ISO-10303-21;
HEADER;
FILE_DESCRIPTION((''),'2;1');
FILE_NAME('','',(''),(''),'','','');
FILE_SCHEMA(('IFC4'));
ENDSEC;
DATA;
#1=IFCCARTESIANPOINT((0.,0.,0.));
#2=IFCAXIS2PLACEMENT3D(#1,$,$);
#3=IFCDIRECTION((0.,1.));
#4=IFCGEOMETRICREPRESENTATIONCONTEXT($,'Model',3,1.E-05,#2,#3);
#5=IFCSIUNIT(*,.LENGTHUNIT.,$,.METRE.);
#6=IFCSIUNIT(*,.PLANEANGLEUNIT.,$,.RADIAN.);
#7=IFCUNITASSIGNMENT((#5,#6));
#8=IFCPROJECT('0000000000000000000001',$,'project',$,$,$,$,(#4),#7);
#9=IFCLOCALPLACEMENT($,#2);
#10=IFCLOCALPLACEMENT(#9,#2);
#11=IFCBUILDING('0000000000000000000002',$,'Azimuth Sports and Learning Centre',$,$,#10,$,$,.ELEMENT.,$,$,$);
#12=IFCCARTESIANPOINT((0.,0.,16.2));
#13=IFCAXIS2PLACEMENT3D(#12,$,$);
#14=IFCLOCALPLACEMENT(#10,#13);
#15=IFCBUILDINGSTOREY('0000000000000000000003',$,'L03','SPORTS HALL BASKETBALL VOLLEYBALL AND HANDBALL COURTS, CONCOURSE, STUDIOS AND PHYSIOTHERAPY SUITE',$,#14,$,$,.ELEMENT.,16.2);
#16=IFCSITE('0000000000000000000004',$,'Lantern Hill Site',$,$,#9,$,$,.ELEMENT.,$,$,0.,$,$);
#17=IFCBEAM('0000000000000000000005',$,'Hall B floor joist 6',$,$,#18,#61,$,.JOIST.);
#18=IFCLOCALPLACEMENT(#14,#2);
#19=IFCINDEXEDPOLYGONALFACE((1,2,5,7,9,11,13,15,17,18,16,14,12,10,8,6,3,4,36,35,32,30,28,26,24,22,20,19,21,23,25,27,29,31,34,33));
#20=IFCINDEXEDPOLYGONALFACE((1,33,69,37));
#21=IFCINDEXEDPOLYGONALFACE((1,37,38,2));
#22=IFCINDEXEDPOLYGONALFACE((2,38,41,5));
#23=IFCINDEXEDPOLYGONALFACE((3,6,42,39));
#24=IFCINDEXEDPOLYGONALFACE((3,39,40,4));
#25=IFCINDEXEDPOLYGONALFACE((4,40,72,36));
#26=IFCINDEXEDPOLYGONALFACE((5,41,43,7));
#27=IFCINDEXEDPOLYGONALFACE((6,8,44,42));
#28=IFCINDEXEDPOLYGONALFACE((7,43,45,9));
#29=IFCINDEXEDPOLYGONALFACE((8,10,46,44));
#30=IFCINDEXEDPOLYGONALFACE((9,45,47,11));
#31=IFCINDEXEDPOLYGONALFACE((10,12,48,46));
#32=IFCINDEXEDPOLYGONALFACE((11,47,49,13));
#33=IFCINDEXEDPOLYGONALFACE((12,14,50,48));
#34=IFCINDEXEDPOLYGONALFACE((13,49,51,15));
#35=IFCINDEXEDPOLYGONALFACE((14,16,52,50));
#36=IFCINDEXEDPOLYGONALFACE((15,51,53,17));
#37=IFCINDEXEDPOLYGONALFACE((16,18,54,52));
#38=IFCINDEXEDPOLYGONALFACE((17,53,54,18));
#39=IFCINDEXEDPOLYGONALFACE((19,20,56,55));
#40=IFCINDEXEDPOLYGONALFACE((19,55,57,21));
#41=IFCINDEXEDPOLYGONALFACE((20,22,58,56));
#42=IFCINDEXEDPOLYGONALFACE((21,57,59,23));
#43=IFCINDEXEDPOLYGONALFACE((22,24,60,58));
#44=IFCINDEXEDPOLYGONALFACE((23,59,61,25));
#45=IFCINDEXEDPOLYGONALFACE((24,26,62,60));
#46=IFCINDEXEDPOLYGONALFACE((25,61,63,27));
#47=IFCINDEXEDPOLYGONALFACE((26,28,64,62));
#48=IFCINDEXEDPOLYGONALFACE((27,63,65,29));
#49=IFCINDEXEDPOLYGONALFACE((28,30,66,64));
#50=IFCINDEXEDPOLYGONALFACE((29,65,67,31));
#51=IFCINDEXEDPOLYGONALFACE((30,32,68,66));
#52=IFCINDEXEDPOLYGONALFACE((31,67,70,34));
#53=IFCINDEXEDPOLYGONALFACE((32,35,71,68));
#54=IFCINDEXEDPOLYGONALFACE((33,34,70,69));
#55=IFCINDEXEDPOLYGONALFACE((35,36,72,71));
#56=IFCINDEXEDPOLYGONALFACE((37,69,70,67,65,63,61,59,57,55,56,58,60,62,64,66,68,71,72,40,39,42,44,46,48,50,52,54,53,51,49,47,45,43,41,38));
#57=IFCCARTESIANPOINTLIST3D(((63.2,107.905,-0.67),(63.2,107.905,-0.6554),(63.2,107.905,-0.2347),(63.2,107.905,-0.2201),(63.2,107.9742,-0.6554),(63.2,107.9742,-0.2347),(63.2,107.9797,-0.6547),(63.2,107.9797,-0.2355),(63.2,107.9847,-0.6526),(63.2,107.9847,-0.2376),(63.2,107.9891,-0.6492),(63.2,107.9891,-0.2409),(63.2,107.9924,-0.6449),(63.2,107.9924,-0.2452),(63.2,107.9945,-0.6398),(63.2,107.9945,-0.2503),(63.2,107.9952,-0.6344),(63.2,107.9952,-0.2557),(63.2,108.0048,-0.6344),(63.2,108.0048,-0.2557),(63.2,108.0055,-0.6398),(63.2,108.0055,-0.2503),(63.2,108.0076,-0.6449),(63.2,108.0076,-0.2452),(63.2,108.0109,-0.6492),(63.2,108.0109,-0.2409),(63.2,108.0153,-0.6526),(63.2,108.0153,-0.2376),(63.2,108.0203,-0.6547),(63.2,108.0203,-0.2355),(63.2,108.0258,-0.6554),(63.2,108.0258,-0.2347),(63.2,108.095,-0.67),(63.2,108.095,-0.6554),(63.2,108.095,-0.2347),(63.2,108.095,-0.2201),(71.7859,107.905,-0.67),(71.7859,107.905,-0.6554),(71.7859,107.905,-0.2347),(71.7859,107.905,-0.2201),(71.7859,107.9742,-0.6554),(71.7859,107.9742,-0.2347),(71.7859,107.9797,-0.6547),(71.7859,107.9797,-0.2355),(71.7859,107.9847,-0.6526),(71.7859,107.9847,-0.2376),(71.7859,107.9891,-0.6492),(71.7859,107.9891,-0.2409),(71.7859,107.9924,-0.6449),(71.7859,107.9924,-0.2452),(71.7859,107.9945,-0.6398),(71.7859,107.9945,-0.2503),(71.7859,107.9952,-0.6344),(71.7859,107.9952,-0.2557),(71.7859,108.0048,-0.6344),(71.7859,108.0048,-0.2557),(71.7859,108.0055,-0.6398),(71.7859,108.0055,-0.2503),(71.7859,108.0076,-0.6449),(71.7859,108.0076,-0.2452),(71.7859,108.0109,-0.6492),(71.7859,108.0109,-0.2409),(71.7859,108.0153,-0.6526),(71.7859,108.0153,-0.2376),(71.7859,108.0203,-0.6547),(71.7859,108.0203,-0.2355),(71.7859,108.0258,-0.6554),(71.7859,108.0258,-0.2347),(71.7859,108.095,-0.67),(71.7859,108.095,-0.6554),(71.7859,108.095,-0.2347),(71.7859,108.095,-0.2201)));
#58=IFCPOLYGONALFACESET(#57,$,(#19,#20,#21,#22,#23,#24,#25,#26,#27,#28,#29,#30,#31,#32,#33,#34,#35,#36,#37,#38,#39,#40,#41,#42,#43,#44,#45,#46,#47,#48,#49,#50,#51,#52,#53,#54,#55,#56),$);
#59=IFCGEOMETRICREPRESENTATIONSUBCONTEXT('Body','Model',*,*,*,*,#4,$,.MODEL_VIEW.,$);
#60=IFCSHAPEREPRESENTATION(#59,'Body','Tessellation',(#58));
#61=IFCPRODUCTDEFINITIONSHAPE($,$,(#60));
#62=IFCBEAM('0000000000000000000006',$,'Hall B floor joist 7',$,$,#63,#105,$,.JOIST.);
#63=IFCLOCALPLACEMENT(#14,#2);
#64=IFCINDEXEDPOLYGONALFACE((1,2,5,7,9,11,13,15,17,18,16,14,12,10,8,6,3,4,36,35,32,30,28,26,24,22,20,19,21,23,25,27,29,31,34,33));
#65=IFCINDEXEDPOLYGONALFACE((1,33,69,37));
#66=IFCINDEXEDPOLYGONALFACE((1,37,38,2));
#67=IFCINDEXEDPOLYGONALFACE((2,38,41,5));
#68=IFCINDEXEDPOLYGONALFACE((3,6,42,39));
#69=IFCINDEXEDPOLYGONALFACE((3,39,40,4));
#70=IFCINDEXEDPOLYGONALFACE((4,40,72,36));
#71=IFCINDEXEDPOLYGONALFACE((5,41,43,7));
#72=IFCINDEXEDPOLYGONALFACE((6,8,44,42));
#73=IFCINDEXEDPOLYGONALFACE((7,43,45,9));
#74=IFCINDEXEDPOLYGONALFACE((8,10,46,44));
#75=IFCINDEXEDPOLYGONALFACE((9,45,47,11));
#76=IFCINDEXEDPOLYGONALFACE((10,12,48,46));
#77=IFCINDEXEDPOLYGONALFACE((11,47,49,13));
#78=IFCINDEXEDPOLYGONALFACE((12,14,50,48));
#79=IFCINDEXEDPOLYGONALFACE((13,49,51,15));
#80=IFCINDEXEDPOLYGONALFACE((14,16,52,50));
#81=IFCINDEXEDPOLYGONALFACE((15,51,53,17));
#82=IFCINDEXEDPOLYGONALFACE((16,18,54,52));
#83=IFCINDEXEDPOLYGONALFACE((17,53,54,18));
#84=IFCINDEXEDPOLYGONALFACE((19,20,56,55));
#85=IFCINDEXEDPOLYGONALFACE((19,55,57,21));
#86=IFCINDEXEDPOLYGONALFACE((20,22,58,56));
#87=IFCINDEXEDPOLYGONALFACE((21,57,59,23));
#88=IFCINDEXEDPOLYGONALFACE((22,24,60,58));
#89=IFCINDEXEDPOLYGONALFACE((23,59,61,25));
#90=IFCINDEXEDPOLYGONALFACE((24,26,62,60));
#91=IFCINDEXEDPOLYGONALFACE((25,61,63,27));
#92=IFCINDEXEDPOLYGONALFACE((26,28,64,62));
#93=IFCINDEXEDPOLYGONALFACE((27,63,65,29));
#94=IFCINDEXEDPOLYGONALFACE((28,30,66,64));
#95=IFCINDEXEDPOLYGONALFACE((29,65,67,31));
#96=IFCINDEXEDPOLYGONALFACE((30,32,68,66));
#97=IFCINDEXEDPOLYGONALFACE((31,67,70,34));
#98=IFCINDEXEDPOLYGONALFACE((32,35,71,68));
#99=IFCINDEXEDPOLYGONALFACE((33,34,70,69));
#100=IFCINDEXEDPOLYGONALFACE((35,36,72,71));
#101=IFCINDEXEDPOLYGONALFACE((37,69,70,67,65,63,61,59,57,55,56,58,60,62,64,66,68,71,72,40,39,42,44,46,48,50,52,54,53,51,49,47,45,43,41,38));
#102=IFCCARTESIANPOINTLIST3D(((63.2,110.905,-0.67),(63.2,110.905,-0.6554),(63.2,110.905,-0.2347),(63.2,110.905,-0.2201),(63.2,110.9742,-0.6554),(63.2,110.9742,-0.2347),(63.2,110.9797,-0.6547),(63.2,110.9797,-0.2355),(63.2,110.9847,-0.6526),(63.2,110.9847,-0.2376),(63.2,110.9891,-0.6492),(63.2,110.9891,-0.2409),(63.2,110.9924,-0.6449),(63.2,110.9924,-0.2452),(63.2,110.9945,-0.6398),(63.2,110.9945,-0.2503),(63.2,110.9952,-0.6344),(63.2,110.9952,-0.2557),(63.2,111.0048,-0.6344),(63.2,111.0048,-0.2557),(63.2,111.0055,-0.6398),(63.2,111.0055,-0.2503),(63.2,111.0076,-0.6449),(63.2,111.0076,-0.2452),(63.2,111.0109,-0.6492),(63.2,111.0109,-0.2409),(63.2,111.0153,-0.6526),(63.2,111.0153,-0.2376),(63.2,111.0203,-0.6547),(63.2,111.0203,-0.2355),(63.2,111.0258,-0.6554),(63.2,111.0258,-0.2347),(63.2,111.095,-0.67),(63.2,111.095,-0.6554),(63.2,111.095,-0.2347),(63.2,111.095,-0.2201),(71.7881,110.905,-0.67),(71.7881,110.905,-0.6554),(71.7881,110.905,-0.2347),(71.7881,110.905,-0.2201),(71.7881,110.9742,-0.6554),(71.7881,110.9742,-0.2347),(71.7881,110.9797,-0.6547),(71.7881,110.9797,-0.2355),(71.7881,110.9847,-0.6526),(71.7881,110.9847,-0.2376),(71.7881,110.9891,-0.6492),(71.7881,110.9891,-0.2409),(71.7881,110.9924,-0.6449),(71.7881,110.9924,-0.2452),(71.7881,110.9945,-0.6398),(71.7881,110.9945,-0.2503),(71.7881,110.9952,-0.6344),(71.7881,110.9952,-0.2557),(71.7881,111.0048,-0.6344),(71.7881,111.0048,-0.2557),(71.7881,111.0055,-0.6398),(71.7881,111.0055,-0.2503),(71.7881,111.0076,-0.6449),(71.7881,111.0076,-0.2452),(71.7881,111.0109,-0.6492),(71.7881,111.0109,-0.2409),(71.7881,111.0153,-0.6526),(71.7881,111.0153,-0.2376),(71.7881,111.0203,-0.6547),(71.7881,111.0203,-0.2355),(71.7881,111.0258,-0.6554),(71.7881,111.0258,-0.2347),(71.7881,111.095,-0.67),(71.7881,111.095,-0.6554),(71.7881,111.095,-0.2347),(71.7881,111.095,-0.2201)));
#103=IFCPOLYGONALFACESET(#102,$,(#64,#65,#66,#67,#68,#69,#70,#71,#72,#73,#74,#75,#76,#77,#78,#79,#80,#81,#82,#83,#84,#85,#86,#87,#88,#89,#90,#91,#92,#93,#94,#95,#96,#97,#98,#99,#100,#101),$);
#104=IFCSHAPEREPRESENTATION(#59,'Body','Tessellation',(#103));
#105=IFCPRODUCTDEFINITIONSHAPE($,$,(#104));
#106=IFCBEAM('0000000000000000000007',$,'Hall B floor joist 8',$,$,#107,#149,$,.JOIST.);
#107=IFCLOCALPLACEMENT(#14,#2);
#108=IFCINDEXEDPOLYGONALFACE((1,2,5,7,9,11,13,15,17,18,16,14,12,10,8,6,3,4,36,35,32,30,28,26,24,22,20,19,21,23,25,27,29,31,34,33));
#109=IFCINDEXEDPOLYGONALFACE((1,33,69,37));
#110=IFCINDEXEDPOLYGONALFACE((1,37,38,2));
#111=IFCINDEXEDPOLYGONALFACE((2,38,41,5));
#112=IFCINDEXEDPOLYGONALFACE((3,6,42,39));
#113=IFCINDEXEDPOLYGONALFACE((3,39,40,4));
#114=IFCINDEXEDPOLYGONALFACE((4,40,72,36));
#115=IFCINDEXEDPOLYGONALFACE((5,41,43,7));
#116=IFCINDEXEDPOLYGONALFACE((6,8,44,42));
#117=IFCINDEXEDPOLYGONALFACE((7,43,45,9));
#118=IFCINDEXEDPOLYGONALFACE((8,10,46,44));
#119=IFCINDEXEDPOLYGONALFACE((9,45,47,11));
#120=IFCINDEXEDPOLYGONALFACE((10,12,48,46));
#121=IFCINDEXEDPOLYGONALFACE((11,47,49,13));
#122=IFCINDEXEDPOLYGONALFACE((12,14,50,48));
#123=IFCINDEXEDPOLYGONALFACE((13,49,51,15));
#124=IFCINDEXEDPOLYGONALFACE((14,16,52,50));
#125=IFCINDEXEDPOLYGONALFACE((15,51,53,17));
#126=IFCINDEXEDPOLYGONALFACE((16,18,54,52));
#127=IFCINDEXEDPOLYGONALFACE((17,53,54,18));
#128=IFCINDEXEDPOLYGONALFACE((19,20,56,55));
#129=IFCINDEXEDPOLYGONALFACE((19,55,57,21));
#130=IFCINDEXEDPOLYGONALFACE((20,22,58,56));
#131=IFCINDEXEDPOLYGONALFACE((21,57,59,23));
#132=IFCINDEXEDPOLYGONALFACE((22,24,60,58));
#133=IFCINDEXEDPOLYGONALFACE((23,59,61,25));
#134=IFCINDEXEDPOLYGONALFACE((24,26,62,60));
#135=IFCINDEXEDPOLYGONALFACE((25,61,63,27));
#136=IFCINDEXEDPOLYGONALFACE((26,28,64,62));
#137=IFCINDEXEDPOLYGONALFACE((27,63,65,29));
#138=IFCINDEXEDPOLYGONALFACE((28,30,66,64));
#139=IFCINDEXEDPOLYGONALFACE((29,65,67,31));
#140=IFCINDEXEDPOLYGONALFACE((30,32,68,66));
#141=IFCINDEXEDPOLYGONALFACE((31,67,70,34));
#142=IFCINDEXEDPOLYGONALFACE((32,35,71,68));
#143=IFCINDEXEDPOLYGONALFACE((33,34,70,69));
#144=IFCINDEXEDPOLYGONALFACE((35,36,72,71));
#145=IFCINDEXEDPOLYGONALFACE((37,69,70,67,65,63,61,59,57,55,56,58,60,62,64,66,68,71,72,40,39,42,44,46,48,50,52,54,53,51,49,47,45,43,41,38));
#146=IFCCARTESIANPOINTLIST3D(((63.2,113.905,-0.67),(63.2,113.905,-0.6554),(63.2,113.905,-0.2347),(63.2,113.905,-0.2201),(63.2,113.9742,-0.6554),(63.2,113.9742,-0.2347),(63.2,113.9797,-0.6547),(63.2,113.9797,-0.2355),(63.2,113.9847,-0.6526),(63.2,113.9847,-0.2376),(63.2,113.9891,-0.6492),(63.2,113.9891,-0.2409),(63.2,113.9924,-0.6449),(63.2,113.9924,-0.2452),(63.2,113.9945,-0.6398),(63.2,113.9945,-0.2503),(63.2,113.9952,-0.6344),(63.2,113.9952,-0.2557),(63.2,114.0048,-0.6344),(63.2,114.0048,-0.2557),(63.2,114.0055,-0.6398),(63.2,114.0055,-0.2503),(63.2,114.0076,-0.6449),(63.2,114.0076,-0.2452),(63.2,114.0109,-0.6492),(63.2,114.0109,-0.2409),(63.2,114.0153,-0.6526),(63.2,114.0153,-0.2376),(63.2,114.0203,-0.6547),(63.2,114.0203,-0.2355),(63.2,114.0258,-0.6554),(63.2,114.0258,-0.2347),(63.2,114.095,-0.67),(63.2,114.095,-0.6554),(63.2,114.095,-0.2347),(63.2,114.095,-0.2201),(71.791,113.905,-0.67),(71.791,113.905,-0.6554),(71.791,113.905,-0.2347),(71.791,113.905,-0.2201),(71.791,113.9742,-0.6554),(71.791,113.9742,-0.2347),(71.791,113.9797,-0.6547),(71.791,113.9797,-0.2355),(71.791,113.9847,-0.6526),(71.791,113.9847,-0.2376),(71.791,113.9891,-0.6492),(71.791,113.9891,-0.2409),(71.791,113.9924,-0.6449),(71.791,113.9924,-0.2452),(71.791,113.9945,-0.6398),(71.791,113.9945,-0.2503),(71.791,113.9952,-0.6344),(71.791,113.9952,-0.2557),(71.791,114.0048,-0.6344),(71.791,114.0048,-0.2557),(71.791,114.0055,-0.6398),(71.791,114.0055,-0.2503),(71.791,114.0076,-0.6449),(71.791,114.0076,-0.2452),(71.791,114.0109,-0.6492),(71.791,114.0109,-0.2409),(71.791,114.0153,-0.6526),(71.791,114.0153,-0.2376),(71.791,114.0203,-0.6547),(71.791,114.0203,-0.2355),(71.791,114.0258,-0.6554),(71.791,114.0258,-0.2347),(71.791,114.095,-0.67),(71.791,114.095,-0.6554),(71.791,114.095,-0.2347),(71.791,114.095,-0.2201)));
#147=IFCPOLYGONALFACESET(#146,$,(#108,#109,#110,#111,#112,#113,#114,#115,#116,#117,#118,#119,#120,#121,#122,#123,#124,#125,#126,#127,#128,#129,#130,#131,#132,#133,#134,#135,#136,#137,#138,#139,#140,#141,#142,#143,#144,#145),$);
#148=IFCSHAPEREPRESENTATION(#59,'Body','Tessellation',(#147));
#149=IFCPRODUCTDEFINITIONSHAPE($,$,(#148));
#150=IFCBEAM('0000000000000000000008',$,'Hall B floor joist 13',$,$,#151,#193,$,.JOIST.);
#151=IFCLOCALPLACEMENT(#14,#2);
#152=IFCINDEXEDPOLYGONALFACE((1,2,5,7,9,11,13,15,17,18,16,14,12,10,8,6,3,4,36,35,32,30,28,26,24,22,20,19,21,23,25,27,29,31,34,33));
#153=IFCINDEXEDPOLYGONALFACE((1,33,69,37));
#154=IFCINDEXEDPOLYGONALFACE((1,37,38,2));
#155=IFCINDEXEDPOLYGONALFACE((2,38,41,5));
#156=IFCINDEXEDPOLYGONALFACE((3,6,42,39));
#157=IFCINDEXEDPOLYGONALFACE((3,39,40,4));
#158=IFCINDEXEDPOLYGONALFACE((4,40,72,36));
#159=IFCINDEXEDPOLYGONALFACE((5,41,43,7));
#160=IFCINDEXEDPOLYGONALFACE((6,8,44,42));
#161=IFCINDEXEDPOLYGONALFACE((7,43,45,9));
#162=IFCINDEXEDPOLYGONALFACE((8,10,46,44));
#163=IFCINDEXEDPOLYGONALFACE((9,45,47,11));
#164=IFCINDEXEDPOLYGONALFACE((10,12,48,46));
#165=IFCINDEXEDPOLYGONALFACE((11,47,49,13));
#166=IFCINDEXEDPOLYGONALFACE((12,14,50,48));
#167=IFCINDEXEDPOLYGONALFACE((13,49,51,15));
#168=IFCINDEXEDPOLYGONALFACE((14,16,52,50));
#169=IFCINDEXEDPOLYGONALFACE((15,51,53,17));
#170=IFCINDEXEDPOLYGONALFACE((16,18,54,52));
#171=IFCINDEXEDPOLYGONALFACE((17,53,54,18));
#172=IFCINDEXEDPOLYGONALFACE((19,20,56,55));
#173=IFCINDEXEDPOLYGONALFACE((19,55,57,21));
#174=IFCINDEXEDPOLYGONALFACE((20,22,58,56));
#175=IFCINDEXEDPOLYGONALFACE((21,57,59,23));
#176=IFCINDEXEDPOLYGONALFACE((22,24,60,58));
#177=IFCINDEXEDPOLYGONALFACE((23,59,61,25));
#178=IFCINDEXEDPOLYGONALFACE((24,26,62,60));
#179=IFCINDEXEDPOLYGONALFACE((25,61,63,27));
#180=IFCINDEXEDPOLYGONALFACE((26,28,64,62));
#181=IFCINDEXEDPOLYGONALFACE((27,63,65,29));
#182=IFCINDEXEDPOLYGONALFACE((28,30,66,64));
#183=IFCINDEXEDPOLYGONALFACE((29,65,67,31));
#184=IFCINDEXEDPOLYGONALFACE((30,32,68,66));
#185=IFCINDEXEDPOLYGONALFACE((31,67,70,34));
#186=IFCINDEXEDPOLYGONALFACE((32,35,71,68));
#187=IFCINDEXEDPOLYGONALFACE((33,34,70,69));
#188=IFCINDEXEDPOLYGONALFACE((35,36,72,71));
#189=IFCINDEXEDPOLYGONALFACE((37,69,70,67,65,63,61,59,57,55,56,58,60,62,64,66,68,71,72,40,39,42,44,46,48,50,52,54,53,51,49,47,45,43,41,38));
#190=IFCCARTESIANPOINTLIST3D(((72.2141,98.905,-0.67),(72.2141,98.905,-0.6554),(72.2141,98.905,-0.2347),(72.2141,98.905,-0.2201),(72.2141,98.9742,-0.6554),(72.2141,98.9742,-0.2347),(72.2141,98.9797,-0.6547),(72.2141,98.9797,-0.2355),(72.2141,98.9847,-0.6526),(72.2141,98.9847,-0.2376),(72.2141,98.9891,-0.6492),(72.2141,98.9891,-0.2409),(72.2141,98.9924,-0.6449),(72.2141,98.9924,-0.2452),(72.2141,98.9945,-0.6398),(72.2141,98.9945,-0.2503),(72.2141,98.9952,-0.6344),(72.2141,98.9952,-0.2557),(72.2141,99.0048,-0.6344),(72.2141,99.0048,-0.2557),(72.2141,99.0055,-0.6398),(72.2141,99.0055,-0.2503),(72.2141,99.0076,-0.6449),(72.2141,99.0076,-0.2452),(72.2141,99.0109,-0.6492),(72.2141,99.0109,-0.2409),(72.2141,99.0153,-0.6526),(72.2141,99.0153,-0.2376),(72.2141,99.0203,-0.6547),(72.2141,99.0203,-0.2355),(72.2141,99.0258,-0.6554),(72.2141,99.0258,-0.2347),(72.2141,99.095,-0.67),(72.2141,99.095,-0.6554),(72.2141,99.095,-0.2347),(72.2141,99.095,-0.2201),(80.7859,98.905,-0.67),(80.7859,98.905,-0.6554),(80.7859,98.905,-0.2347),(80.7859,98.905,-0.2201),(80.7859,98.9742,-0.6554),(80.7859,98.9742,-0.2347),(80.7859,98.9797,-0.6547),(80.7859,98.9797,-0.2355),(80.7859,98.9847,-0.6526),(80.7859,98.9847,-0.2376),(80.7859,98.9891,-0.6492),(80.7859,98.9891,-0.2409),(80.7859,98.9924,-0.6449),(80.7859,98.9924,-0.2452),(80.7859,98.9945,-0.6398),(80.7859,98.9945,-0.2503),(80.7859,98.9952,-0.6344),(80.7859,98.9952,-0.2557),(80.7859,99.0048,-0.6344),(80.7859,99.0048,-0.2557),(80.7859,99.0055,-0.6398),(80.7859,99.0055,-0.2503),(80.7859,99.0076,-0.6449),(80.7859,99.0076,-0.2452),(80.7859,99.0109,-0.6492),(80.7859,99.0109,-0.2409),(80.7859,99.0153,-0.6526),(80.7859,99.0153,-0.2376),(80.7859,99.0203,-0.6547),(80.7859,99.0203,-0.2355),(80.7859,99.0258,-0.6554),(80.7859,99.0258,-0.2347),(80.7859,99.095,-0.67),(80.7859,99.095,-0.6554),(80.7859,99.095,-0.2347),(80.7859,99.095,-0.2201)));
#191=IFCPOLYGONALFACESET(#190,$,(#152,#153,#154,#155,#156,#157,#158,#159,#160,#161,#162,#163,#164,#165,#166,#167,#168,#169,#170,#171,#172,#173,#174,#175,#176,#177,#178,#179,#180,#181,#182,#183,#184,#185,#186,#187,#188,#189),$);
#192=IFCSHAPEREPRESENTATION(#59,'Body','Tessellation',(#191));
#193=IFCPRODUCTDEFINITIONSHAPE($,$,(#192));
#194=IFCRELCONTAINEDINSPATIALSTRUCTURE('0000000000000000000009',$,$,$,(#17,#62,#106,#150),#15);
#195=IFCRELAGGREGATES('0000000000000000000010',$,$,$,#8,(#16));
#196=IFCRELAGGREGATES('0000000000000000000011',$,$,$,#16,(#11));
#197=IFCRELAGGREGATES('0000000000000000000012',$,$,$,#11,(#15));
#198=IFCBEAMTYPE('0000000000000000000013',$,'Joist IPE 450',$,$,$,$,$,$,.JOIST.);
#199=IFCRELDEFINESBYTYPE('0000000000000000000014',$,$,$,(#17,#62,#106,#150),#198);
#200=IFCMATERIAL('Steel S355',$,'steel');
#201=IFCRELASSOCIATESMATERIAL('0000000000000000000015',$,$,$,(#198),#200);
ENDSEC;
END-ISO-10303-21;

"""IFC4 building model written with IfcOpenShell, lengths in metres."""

from ifc_helpers import new_model, si_unit, direction, frame, origin, origin_2d, place, context, subcontext, project, spatial, i_section, extrude, material, material_profile, profile_set, type_object, element, save


model = new_model("IFC4")

# Units and contexts
model_context = context("Model", 3, precision=1e-05, world=origin(), true_north=direction((0.0, 1.0)))
body_context = subcontext(model_context, "Body", "Model", "MODEL_VIEW")
ifc_project = project(units=[si_unit("LENGTHUNIT", "METRE"), si_unit("PLANEANGLEUNIT", "RADIAN")], contexts=[model_context])

# Site, building, storey
site_placement = place(None, origin())
site = spatial("IfcSite", under=ifc_project, at=site_placement, Name="Lantern Hill Site", CompositionType="ELEMENT", RefElevation=0.0)
building_placement = place(site_placement, origin())
building = spatial("IfcBuilding", under=site, at=building_placement, Name="Azimuth Sports and Learning Centre", CompositionType="ELEMENT")
storey_placement = place(building_placement, frame((0.0, 0.0, 16.2)))
storey = spatial("IfcBuildingStorey", under=building, at=storey_placement, Name="L03", Description="SPORTS HALL BASKETBALL VOLLEYBALL AND HANDBALL COURTS, CONCOURSE, STUDIOS AND PHYSIOTHERAPY SUITE", CompositionType="ELEMENT", Elevation=16.2)

# Beams
ifc_material_1 = material(Name="Steel S355", Category="steel")
ifc_material_profile_1 = material_profile(ifc_material_1, i_section(OverallWidth=0.1899, OverallDepth=0.45, WebThickness=0.0095, FlangeThickness=0.0146, FilletRadius=0.021, at=origin_2d()), Name="IPE 450")
ifc_profile_set_1 = profile_set([ifc_material_profile_1], Name="Steel S355")
beam_type_1 = type_object("IfcBeamType", Name="Joist IPE 450", PredefinedType="JOIST", material=ifc_profile_set_1)
for number, where, z_axis, x_axis, name in (
    (1, (63.2, 108.0, -0.4451), (1.0, 0.0, 0.0), (0.0, 1.0, 0.0), "Hall B floor joist 6"),
):
    element("IfcBeam", number, at=place(storey_placement, frame(where, z_axis=z_axis, x_axis=x_axis)), inside=storey, type_object=beam_type_1, Name=name, PredefinedType="JOIST", context=body_context, shape_type="SweptSolid", body=[
        extrude(i_section(OverallWidth=0.1899, OverallDepth=0.45, WebThickness=0.0095, FlangeThickness=0.0146, FilletRadius=0.021, at=origin_2d()), origin(), (0.0, 0.0, 1.0), 8.5859),
    ])
beam_1_placement = place(storey_placement, frame((63.2, 111.0, -0.4451), z_axis=(1.0, 0.0, 0.0), x_axis=(0.0, 1.0, 0.0)))
element("IfcBeam", 2, at=beam_1_placement, inside=storey, type_object=beam_type_1, Name="Hall B floor joist 7", PredefinedType="JOIST", context=body_context, shape_type="SweptSolid", body=[
    extrude(i_section(OverallWidth=0.1899, OverallDepth=0.45, WebThickness=0.0095, FlangeThickness=0.0146, FilletRadius=0.021, at=origin_2d()), origin(), (0.0, 0.0, 1.0), 8.5881),
])
beam_2_placement = place(storey_placement, frame((63.2, 114.0, -0.4451), z_axis=(1.0, 0.0, 0.0), x_axis=(0.0, 1.0, 0.0)))
element("IfcBeam", 3, at=beam_2_placement, inside=storey, type_object=beam_type_1, Name="Hall B floor joist 8", PredefinedType="JOIST", context=body_context, shape_type="SweptSolid", body=[
    extrude(i_section(OverallWidth=0.1899, OverallDepth=0.45, WebThickness=0.0095, FlangeThickness=0.0146, FilletRadius=0.021, at=origin_2d()), origin(), (0.0, 0.0, 1.0), 8.5911),
])
for number, where, z_axis, x_axis, name in (
    (4, (72.2141, 99.0, -0.4451), (1.0, 0.0, 0.0), (0.0, 1.0, 0.0), "Hall B floor joist 13"),
):
    element("IfcBeam", number, at=place(storey_placement, frame(where, z_axis=z_axis, x_axis=x_axis)), inside=storey, type_object=beam_type_1, Name=name, PredefinedType="JOIST", context=body_context, shape_type="SweptSolid", body=[
        extrude(i_section(OverallWidth=0.1899, OverallDepth=0.45, WebThickness=0.0095, FlangeThickness=0.0146, FilletRadius=0.021, at=origin_2d()), origin(), (0.0, 0.0, 1.0), 8.5718),
    ])

save(model, "model.ifc")
